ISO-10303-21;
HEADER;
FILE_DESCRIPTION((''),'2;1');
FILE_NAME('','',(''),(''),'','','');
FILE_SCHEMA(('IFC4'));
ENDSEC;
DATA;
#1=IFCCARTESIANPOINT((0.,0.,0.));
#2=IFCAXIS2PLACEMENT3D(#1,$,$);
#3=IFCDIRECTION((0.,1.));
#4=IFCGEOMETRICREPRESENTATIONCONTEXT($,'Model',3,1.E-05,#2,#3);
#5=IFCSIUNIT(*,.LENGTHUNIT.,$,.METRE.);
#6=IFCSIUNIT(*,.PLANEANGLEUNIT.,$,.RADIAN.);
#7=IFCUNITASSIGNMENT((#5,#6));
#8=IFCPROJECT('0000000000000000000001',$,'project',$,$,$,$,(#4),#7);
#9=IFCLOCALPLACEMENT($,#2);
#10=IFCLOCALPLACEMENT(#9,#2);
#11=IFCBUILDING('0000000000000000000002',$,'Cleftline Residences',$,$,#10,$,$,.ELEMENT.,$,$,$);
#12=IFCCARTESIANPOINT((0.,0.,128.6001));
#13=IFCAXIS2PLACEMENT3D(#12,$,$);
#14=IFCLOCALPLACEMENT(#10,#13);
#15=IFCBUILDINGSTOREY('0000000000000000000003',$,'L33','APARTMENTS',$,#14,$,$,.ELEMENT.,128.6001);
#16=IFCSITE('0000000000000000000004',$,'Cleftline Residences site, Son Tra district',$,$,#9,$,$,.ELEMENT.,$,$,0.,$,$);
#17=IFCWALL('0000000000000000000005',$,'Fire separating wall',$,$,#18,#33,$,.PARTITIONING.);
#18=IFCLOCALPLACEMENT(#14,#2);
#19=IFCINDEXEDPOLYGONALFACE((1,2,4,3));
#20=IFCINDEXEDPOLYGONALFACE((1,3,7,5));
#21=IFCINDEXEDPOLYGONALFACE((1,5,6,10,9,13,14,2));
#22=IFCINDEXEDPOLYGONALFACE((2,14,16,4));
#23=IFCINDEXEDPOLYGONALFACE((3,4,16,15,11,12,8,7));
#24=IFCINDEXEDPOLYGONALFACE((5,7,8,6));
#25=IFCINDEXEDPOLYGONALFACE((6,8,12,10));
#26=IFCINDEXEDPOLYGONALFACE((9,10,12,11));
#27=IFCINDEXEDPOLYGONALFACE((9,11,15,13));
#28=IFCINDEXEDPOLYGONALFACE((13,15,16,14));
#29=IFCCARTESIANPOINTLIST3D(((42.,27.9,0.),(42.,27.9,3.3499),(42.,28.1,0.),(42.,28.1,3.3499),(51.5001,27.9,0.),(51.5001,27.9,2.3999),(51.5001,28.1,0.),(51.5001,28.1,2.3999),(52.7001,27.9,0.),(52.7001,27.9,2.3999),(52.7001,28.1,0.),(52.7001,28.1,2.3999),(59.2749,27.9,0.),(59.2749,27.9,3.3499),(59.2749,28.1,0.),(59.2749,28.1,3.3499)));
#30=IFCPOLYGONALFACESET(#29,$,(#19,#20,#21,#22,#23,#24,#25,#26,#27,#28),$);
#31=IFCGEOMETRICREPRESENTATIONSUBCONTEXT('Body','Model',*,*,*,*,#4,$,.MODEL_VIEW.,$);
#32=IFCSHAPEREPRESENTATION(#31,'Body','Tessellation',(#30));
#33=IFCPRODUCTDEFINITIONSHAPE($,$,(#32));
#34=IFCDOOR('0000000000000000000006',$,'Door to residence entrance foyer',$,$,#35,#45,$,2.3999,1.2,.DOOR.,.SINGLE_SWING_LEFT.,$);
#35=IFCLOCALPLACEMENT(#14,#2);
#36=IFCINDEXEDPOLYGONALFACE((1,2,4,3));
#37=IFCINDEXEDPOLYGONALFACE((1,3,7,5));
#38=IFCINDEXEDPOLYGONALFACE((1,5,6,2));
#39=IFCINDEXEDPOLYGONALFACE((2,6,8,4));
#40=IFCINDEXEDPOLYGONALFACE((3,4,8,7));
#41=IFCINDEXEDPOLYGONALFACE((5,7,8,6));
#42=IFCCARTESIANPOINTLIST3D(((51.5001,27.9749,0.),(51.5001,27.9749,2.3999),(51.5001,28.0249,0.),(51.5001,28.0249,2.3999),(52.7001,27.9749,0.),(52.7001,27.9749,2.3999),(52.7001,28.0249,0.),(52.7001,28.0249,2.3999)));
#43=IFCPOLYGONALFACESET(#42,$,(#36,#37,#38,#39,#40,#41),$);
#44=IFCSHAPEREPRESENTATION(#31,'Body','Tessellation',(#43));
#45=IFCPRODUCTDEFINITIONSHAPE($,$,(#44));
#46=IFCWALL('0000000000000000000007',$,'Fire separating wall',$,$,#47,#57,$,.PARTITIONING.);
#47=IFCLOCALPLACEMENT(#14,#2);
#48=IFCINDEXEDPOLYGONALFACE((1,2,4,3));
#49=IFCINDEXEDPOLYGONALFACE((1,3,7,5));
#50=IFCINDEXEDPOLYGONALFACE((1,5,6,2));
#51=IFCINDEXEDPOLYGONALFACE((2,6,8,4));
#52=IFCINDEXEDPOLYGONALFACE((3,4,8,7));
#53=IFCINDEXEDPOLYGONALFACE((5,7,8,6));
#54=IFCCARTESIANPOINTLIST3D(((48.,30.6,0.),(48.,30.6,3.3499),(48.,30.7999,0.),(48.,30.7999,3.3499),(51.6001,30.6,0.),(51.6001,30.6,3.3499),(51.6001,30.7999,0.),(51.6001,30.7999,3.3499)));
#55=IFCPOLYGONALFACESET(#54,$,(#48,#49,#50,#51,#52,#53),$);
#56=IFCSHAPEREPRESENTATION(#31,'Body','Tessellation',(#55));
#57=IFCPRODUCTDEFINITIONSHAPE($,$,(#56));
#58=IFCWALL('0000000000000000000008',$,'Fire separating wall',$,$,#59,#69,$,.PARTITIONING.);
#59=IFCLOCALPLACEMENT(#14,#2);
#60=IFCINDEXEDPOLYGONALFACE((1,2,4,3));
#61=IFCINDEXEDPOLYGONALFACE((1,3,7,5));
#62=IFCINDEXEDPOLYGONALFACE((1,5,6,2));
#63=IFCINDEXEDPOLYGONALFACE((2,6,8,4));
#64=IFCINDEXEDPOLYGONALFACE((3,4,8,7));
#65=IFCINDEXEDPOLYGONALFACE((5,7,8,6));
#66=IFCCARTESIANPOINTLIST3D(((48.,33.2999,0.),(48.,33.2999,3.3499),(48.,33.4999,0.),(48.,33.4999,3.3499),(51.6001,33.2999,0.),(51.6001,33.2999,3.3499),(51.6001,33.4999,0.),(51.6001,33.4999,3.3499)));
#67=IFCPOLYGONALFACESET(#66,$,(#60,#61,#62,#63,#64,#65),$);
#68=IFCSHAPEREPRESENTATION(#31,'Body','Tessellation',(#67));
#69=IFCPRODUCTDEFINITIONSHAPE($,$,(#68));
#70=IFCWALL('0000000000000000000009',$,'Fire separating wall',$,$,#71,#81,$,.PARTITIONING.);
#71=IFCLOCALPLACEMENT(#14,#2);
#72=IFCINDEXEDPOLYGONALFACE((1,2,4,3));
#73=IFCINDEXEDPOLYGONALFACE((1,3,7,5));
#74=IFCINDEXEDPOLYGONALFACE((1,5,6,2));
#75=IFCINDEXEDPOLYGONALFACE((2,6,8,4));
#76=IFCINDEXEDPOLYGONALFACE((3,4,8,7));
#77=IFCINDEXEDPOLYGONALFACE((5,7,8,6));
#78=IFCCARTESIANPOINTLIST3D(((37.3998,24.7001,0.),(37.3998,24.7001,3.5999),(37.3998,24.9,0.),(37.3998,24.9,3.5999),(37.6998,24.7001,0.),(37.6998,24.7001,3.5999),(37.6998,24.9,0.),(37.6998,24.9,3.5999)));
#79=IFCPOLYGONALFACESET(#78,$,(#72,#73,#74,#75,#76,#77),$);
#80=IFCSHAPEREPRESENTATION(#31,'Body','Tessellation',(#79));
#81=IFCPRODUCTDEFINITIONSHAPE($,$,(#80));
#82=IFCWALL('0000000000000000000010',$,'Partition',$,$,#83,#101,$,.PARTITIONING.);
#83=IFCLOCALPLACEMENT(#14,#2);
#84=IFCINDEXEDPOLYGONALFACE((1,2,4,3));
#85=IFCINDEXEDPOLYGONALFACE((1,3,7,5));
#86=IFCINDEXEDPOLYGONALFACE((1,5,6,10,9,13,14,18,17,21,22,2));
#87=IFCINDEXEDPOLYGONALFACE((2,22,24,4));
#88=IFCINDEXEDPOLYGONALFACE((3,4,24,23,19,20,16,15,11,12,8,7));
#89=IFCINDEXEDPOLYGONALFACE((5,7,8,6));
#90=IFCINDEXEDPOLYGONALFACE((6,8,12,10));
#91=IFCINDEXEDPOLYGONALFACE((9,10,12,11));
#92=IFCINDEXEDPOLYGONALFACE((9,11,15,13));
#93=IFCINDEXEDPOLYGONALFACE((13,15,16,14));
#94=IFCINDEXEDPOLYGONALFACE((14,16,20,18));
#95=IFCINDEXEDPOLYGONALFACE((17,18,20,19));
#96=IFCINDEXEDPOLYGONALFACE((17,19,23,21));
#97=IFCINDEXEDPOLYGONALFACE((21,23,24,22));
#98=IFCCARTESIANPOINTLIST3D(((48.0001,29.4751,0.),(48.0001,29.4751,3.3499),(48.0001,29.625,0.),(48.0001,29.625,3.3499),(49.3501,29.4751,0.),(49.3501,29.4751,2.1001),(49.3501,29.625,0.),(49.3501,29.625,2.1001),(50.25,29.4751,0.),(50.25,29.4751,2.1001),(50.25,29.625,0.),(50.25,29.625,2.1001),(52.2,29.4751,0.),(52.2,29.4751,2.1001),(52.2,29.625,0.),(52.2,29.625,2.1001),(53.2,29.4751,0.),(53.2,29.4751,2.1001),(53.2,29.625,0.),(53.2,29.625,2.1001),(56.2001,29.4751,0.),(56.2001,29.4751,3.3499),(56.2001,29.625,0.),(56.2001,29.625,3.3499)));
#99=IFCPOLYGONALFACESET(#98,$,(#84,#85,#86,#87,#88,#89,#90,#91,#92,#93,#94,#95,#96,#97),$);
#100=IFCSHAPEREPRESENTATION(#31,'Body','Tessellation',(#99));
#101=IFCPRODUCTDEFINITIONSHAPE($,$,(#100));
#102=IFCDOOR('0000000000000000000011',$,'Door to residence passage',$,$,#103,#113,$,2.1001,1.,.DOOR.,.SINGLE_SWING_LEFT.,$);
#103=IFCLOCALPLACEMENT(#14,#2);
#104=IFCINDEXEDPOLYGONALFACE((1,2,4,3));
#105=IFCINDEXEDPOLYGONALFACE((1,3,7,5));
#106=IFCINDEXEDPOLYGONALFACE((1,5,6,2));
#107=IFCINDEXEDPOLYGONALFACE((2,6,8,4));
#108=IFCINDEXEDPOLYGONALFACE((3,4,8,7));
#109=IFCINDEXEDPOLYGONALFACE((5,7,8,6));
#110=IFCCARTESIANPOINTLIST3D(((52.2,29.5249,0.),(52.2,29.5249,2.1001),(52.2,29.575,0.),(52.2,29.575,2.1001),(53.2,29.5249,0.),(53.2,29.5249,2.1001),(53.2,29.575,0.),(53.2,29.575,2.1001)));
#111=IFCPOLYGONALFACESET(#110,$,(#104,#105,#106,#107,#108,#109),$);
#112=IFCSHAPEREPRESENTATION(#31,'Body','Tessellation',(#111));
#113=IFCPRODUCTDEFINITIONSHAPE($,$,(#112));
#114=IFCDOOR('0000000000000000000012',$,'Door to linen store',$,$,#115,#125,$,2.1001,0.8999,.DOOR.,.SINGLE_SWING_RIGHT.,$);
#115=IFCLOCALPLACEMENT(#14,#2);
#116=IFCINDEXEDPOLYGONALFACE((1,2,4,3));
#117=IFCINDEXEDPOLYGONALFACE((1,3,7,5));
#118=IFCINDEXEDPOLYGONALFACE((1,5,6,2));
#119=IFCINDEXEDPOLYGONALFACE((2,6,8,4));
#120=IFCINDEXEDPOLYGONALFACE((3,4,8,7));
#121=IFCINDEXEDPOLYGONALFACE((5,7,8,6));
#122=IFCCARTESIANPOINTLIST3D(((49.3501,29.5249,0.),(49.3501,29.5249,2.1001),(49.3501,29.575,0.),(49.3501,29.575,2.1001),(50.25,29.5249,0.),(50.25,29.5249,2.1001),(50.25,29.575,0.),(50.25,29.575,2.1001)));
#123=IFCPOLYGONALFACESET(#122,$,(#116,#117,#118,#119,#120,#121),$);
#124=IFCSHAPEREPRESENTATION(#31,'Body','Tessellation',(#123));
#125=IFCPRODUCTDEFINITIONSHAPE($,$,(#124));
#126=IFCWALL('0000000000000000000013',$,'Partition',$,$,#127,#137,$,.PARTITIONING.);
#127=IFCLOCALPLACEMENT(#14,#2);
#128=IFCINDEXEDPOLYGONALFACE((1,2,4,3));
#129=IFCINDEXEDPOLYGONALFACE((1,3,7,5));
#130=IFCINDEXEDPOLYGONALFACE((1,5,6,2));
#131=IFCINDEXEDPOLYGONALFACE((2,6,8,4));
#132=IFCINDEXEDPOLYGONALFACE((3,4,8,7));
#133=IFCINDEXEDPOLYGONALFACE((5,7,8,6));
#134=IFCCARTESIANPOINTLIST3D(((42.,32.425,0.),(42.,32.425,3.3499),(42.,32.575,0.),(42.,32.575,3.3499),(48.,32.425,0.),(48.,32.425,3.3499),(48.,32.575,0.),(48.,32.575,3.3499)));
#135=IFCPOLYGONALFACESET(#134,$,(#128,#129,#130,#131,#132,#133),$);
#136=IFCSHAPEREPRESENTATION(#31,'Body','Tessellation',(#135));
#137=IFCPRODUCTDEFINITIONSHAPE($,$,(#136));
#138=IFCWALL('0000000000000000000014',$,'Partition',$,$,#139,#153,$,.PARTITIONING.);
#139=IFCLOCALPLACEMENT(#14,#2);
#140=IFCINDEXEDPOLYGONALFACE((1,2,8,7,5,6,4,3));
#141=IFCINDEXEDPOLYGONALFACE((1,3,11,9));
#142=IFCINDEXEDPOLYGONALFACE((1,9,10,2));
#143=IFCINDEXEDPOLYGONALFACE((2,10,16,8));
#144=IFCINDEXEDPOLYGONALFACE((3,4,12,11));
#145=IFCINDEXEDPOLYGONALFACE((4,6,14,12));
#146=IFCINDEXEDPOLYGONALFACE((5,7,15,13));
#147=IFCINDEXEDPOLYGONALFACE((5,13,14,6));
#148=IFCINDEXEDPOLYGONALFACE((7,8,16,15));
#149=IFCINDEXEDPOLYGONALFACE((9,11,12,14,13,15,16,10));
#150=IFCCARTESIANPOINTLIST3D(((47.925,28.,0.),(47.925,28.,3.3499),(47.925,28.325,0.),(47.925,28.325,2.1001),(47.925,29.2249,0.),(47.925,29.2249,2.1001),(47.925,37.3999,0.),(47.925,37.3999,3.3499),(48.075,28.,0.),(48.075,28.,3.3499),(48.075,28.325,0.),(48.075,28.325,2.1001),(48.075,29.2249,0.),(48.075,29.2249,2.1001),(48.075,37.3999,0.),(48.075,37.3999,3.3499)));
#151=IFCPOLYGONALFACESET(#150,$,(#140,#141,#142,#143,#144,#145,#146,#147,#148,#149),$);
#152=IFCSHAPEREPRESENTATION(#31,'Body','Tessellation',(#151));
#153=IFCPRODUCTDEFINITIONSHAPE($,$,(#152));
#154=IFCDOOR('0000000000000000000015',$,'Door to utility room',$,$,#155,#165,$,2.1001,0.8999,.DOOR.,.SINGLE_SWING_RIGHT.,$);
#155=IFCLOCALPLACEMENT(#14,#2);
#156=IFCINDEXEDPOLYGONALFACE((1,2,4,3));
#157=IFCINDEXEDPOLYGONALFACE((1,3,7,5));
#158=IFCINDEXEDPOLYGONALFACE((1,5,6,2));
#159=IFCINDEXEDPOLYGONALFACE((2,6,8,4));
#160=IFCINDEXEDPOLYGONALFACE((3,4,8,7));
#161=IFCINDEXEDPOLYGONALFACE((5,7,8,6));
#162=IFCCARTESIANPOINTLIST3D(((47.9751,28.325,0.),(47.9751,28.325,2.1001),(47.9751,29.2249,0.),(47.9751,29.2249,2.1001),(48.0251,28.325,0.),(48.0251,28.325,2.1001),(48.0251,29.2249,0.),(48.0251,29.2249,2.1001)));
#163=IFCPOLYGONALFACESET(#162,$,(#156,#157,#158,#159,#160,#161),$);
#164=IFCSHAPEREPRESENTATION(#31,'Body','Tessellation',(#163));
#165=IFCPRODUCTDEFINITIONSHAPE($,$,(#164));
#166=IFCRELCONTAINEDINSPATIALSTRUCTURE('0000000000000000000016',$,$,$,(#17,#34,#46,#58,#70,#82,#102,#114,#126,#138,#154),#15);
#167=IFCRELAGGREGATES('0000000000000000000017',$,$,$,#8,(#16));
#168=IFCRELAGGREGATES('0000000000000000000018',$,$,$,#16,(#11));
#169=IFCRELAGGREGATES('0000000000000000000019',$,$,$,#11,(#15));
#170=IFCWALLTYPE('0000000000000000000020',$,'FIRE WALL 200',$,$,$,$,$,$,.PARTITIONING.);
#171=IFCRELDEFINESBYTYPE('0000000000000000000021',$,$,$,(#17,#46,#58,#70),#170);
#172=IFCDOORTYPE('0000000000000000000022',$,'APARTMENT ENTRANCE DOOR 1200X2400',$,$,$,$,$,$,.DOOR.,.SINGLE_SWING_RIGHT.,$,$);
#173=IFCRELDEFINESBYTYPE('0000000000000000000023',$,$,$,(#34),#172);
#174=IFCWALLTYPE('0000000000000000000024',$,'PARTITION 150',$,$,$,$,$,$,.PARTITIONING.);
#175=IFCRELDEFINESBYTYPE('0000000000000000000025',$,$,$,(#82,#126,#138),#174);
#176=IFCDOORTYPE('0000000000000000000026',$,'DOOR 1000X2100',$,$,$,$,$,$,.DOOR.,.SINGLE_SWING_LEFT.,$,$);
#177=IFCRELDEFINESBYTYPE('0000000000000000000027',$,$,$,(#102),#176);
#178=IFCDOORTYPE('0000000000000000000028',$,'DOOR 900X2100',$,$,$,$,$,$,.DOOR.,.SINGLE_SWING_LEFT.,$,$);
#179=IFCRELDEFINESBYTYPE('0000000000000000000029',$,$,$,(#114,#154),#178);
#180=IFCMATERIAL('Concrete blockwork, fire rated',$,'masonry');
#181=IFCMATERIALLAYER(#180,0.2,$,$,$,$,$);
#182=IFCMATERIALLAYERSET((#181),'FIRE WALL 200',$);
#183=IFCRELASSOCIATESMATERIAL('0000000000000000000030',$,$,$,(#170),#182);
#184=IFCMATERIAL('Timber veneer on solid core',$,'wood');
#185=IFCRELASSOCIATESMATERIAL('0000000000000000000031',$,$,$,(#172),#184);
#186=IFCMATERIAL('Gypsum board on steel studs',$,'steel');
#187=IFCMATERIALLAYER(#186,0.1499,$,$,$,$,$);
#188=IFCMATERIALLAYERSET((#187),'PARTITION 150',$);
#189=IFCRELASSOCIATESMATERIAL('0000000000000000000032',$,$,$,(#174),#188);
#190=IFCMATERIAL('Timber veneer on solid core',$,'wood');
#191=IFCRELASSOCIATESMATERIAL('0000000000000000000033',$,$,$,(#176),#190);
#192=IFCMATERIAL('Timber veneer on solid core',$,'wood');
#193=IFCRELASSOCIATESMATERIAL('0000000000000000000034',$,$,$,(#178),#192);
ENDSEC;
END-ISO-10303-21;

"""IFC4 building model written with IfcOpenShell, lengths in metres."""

from ifc_helpers import new_model, si_unit, direction, frame, frame_2d, origin, place, context, subcontext, project, spatial, rectangle, extrude, material, layer, layer_set, type_object, element, fill, save


model = new_model("IFC4")

# Units and contexts
model_context = context("Model", 3, precision=1e-05, world=origin(), true_north=direction((0.0, 1.0)))
body_context = subcontext(model_context, "Body", "Model", "MODEL_VIEW")
ifc_project = project(units=[si_unit("LENGTHUNIT", "METRE"), si_unit("PLANEANGLEUNIT", "RADIAN")], contexts=[model_context])

# Site, building, storey
site_placement = place(None, origin())
site = spatial("IfcSite", under=ifc_project, at=site_placement, Name="Cleftline Residences site, Son Tra district", CompositionType="ELEMENT", RefElevation=0.0)
building_placement = place(site_placement, origin())
building = spatial("IfcBuilding", under=site, at=building_placement, Name="Cleftline Residences", CompositionType="ELEMENT")
storey_placement = place(building_placement, frame((0.0, 0.0, 128.6001)))
storey = spatial("IfcBuildingStorey", under=building, at=storey_placement, Name="L33", Description="APARTMENTS", CompositionType="ELEMENT", Elevation=128.6001)

# Shared definitions
ifc_material_1 = material(Name="Concrete blockwork, fire rated", Category="masonry")
ifc_layer_1 = layer(ifc_material_1, 0.2)
ifc_layer_set_1 = layer_set([ifc_layer_1], Name="FIRE WALL 200")
wall_type_1 = type_object("IfcWallType", Name="FIRE WALL 200", PredefinedType="PARTITIONING", material=ifc_layer_set_1)

# Wall, opening, door
wall_1_placement = place(storey_placement, frame((42.0, 28.0, 0.0), z_axis=(0.0, 0.0, 1.0), x_axis=(1.0, 0.0, 0.0)))
wall_1 = element("IfcWall", 1, at=wall_1_placement, inside=storey, type_object=wall_type_1, Name="Fire separating wall", PredefinedType="PARTITIONING", context=body_context, shape_type="SweptSolid", body=[
    extrude(rectangle(XDim=17.2749, YDim=0.2, at=frame_2d((8.6375, 0.0))), origin(), (0.0, 0.0, 1.0), 3.3499),
])
opening_1_placement = place(wall_1_placement, frame((9.5, 0.0, 0.0)))
opening_1 = element("IfcOpeningElement", 2, at=opening_1_placement, cuts=wall_1, PredefinedType="OPENING", context=body_context, shape_type="SweptSolid", body=[
    extrude(rectangle(XDim=1.2, YDim=2.3999, at=frame_2d((0.6001, 1.2))), frame((0.0, 0.1099, 0.0), z_axis=(0.0, -1.0, 0.0), x_axis=(1.0, 0.0, 0.0)), (0.0, 0.0, 1.0), 0.22),
])
ifc_material_2 = material(Name="Timber veneer on solid core", Category="wood")
door_type_1 = type_object("IfcDoorType", Name="APARTMENT ENTRANCE DOOR 1200X2400", OperationType="SINGLE_SWING_RIGHT", PredefinedType="DOOR", material=ifc_material_2)
door_1_placement = place(opening_1_placement, origin())
door_1 = element("IfcDoor", 3, at=door_1_placement, inside=storey, type_object=door_type_1, Name="Door to residence entrance foyer", OperationType="SINGLE_SWING_LEFT", OverallHeight=2.3999, OverallWidth=1.2, PredefinedType="DOOR", context=body_context, shape_type="SweptSolid", body=[
    extrude(rectangle(XDim=1.2, YDim=2.3999, at=frame_2d((0.6001, 1.2))), frame((0.0, 0.0249, 0.0), z_axis=(0.0, -1.0, 0.0), x_axis=(1.0, 0.0, 0.0)), (0.0, 0.0, 1.0), 0.05),
])
fill(opening_1, door_1)

# Walls
for number, where, z_axis, x_axis, name in (
    (4, (48.0, 30.7, 0.0), (0.0, 0.0, 1.0), (1.0, 0.0, 0.0), "Fire separating wall"),
    (5, (48.0, 33.3999, 0.0), (0.0, 0.0, 1.0), (1.0, 0.0, 0.0), "Fire separating wall"),
):
    element("IfcWall", number, at=place(storey_placement, frame(where, z_axis=z_axis, x_axis=x_axis)), inside=storey, type_object=wall_type_1, Name=name, PredefinedType="PARTITIONING", context=body_context, shape_type="SweptSolid", body=[
        extrude(rectangle(XDim=3.6001, YDim=0.2, at=frame_2d((1.8, 0.0))), origin(), (0.0, 0.0, 1.0), 3.3499),
    ])
wall_2_placement = place(storey_placement, frame((37.3999, 24.8, 0.0), z_axis=(0.0, 0.0, 1.0), x_axis=(1.0, 0.0, 0.0)))
element("IfcWall", 6, at=wall_2_placement, inside=storey, type_object=wall_type_1, Name="Fire separating wall", PredefinedType="PARTITIONING", context=body_context, shape_type="SweptSolid", body=[
    extrude(rectangle(XDim=0.3, YDim=0.2, at=frame_2d((0.1499, 0.0))), origin(), (0.0, 0.0, 1.0), 3.5999),
])

# Wall, openings, doors
ifc_material_3 = material(Name="Gypsum board on steel studs", Category="steel")
ifc_layer_2 = layer(ifc_material_3, 0.1499)
ifc_layer_set_2 = layer_set([ifc_layer_2], Name="PARTITION 150")
wall_type_2 = type_object("IfcWallType", Name="PARTITION 150", PredefinedType="PARTITIONING", material=ifc_layer_set_2)
wall_3_placement = place(storey_placement, frame((48.0, 29.55, 0.0), z_axis=(0.0, 0.0, 1.0), x_axis=(1.0, 0.0, 0.0)))
wall_3 = element("IfcWall", 7, at=wall_3_placement, inside=storey, type_object=wall_type_2, Name="Partition", PredefinedType="PARTITIONING", context=body_context, shape_type="SweptSolid", body=[
    extrude(rectangle(XDim=8.2, YDim=0.1499, at=frame_2d((4.1001, 0.0))), origin(), (0.0, 0.0, 1.0), 3.3499),
])
opening_2_placement = place(wall_3_placement, frame((4.2, 0.0, 0.0)))
opening_2 = element("IfcOpeningElement", 8, at=opening_2_placement, cuts=wall_3, PredefinedType="OPENING", context=body_context, shape_type="SweptSolid", body=[
    extrude(rectangle(XDim=1.0, YDim=2.1001, at=frame_2d((0.5, 1.05))), frame((0.0, 0.085, 0.0), z_axis=(0.0, -1.0, 0.0), x_axis=(1.0, 0.0, 0.0)), (0.0, 0.0, 1.0), 0.1699),
])
opening_3_placement = place(wall_3_placement, frame((1.3501, 0.0, 0.0)))
opening_3 = element("IfcOpeningElement", 9, at=opening_3_placement, cuts=wall_3, PredefinedType="OPENING", context=body_context, shape_type="SweptSolid", body=[
    extrude(rectangle(XDim=0.8999, YDim=2.1001, at=frame_2d((0.45, 1.05))), frame((0.0, 0.085, 0.0), z_axis=(0.0, -1.0, 0.0), x_axis=(1.0, 0.0, 0.0)), (0.0, 0.0, 1.0), 0.1699),
])
ifc_material_4 = material(Name="Timber veneer on solid core", Category="wood")
door_type_2 = type_object("IfcDoorType", Name="DOOR 1000X2100", OperationType="SINGLE_SWING_LEFT", PredefinedType="DOOR", material=ifc_material_4)
door_2_placement = place(opening_2_placement, origin())
door_2 = element("IfcDoor", 10, at=door_2_placement, inside=storey, type_object=door_type_2, Name="Door to residence passage", OperationType="SINGLE_SWING_LEFT", OverallHeight=2.1001, OverallWidth=1.0, PredefinedType="DOOR", context=body_context, shape_type="SweptSolid", body=[
    extrude(rectangle(XDim=1.0, YDim=2.1001, at=frame_2d((0.5, 1.05))), frame((0.0, 0.0249, 0.0), z_axis=(0.0, -1.0, 0.0), x_axis=(1.0, 0.0, 0.0)), (0.0, 0.0, 1.0), 0.05),
])
fill(opening_2, door_2)
ifc_material_5 = material(Name="Timber veneer on solid core", Category="wood")
door_type_3 = type_object("IfcDoorType", Name="DOOR 900X2100", OperationType="SINGLE_SWING_LEFT", PredefinedType="DOOR", material=ifc_material_5)
door_3_placement = place(opening_3_placement, origin())
door_3 = element("IfcDoor", 11, at=door_3_placement, inside=storey, type_object=door_type_3, Name="Door to linen store", OperationType="SINGLE_SWING_RIGHT", OverallHeight=2.1001, OverallWidth=0.8999, PredefinedType="DOOR", context=body_context, shape_type="SweptSolid", body=[
    extrude(rectangle(XDim=0.8999, YDim=2.1001, at=frame_2d((0.45, 1.05))), frame((0.0, 0.0249, 0.0), z_axis=(0.0, -1.0, 0.0), x_axis=(1.0, 0.0, 0.0)), (0.0, 0.0, 1.0), 0.05),
])
fill(opening_3, door_3)

# Wall
wall_4_placement = place(storey_placement, frame((42.0, 32.5, 0.0), z_axis=(0.0, 0.0, 1.0), x_axis=(1.0, 0.0, 0.0)))
element("IfcWall", 12, at=wall_4_placement, inside=storey, type_object=wall_type_2, Name="Partition", PredefinedType="PARTITIONING", context=body_context, shape_type="SweptSolid", body=[
    extrude(rectangle(XDim=6.0, YDim=0.1499, at=frame_2d((3.0, 0.0))), origin(), (0.0, 0.0, 1.0), 3.3499),
])

# Wall, opening, door
wall_5_placement = place(storey_placement, frame((48.0, 28.0, 0.0), z_axis=(0.0, 0.0, 1.0), x_axis=(0.0, 1.0, 0.0)))
wall_5 = element("IfcWall", 13, at=wall_5_placement, inside=storey, type_object=wall_type_2, Name="Partition", PredefinedType="PARTITIONING", context=body_context, shape_type="SweptSolid", body=[
    extrude(rectangle(XDim=9.3999, YDim=0.1499, at=frame_2d((4.7, 0.0))), origin(), (0.0, 0.0, 1.0), 3.3499),
])
opening_4_placement = place(wall_5_placement, frame((0.325, 0.0, 0.0)))
opening_4 = element("IfcOpeningElement", 14, at=opening_4_placement, cuts=wall_5, PredefinedType="OPENING", context=body_context, shape_type="SweptSolid", body=[
    extrude(rectangle(XDim=0.8999, YDim=2.1001, at=frame_2d((0.45, 1.05))), frame((0.0, 0.085, 0.0), z_axis=(0.0, -1.0, 0.0), x_axis=(1.0, 0.0, 0.0)), (0.0, 0.0, 1.0), 0.1699),
])
door_4_placement = place(opening_4_placement, origin())
door_4 = element("IfcDoor", 15, at=door_4_placement, inside=storey, type_object=door_type_3, Name="Door to utility room", OperationType="SINGLE_SWING_RIGHT", OverallHeight=2.1001, OverallWidth=0.8999, PredefinedType="DOOR", context=body_context, shape_type="SweptSolid", body=[
    extrude(rectangle(XDim=0.8999, YDim=2.1001, at=frame_2d((0.45, 1.05))), frame((0.0, 0.0249, 0.0), z_axis=(0.0, -1.0, 0.0), x_axis=(1.0, 0.0, 0.0)), (0.0, 0.0, 1.0), 0.05),
])
fill(opening_4, door_4)

save(model, "model.ifc")
